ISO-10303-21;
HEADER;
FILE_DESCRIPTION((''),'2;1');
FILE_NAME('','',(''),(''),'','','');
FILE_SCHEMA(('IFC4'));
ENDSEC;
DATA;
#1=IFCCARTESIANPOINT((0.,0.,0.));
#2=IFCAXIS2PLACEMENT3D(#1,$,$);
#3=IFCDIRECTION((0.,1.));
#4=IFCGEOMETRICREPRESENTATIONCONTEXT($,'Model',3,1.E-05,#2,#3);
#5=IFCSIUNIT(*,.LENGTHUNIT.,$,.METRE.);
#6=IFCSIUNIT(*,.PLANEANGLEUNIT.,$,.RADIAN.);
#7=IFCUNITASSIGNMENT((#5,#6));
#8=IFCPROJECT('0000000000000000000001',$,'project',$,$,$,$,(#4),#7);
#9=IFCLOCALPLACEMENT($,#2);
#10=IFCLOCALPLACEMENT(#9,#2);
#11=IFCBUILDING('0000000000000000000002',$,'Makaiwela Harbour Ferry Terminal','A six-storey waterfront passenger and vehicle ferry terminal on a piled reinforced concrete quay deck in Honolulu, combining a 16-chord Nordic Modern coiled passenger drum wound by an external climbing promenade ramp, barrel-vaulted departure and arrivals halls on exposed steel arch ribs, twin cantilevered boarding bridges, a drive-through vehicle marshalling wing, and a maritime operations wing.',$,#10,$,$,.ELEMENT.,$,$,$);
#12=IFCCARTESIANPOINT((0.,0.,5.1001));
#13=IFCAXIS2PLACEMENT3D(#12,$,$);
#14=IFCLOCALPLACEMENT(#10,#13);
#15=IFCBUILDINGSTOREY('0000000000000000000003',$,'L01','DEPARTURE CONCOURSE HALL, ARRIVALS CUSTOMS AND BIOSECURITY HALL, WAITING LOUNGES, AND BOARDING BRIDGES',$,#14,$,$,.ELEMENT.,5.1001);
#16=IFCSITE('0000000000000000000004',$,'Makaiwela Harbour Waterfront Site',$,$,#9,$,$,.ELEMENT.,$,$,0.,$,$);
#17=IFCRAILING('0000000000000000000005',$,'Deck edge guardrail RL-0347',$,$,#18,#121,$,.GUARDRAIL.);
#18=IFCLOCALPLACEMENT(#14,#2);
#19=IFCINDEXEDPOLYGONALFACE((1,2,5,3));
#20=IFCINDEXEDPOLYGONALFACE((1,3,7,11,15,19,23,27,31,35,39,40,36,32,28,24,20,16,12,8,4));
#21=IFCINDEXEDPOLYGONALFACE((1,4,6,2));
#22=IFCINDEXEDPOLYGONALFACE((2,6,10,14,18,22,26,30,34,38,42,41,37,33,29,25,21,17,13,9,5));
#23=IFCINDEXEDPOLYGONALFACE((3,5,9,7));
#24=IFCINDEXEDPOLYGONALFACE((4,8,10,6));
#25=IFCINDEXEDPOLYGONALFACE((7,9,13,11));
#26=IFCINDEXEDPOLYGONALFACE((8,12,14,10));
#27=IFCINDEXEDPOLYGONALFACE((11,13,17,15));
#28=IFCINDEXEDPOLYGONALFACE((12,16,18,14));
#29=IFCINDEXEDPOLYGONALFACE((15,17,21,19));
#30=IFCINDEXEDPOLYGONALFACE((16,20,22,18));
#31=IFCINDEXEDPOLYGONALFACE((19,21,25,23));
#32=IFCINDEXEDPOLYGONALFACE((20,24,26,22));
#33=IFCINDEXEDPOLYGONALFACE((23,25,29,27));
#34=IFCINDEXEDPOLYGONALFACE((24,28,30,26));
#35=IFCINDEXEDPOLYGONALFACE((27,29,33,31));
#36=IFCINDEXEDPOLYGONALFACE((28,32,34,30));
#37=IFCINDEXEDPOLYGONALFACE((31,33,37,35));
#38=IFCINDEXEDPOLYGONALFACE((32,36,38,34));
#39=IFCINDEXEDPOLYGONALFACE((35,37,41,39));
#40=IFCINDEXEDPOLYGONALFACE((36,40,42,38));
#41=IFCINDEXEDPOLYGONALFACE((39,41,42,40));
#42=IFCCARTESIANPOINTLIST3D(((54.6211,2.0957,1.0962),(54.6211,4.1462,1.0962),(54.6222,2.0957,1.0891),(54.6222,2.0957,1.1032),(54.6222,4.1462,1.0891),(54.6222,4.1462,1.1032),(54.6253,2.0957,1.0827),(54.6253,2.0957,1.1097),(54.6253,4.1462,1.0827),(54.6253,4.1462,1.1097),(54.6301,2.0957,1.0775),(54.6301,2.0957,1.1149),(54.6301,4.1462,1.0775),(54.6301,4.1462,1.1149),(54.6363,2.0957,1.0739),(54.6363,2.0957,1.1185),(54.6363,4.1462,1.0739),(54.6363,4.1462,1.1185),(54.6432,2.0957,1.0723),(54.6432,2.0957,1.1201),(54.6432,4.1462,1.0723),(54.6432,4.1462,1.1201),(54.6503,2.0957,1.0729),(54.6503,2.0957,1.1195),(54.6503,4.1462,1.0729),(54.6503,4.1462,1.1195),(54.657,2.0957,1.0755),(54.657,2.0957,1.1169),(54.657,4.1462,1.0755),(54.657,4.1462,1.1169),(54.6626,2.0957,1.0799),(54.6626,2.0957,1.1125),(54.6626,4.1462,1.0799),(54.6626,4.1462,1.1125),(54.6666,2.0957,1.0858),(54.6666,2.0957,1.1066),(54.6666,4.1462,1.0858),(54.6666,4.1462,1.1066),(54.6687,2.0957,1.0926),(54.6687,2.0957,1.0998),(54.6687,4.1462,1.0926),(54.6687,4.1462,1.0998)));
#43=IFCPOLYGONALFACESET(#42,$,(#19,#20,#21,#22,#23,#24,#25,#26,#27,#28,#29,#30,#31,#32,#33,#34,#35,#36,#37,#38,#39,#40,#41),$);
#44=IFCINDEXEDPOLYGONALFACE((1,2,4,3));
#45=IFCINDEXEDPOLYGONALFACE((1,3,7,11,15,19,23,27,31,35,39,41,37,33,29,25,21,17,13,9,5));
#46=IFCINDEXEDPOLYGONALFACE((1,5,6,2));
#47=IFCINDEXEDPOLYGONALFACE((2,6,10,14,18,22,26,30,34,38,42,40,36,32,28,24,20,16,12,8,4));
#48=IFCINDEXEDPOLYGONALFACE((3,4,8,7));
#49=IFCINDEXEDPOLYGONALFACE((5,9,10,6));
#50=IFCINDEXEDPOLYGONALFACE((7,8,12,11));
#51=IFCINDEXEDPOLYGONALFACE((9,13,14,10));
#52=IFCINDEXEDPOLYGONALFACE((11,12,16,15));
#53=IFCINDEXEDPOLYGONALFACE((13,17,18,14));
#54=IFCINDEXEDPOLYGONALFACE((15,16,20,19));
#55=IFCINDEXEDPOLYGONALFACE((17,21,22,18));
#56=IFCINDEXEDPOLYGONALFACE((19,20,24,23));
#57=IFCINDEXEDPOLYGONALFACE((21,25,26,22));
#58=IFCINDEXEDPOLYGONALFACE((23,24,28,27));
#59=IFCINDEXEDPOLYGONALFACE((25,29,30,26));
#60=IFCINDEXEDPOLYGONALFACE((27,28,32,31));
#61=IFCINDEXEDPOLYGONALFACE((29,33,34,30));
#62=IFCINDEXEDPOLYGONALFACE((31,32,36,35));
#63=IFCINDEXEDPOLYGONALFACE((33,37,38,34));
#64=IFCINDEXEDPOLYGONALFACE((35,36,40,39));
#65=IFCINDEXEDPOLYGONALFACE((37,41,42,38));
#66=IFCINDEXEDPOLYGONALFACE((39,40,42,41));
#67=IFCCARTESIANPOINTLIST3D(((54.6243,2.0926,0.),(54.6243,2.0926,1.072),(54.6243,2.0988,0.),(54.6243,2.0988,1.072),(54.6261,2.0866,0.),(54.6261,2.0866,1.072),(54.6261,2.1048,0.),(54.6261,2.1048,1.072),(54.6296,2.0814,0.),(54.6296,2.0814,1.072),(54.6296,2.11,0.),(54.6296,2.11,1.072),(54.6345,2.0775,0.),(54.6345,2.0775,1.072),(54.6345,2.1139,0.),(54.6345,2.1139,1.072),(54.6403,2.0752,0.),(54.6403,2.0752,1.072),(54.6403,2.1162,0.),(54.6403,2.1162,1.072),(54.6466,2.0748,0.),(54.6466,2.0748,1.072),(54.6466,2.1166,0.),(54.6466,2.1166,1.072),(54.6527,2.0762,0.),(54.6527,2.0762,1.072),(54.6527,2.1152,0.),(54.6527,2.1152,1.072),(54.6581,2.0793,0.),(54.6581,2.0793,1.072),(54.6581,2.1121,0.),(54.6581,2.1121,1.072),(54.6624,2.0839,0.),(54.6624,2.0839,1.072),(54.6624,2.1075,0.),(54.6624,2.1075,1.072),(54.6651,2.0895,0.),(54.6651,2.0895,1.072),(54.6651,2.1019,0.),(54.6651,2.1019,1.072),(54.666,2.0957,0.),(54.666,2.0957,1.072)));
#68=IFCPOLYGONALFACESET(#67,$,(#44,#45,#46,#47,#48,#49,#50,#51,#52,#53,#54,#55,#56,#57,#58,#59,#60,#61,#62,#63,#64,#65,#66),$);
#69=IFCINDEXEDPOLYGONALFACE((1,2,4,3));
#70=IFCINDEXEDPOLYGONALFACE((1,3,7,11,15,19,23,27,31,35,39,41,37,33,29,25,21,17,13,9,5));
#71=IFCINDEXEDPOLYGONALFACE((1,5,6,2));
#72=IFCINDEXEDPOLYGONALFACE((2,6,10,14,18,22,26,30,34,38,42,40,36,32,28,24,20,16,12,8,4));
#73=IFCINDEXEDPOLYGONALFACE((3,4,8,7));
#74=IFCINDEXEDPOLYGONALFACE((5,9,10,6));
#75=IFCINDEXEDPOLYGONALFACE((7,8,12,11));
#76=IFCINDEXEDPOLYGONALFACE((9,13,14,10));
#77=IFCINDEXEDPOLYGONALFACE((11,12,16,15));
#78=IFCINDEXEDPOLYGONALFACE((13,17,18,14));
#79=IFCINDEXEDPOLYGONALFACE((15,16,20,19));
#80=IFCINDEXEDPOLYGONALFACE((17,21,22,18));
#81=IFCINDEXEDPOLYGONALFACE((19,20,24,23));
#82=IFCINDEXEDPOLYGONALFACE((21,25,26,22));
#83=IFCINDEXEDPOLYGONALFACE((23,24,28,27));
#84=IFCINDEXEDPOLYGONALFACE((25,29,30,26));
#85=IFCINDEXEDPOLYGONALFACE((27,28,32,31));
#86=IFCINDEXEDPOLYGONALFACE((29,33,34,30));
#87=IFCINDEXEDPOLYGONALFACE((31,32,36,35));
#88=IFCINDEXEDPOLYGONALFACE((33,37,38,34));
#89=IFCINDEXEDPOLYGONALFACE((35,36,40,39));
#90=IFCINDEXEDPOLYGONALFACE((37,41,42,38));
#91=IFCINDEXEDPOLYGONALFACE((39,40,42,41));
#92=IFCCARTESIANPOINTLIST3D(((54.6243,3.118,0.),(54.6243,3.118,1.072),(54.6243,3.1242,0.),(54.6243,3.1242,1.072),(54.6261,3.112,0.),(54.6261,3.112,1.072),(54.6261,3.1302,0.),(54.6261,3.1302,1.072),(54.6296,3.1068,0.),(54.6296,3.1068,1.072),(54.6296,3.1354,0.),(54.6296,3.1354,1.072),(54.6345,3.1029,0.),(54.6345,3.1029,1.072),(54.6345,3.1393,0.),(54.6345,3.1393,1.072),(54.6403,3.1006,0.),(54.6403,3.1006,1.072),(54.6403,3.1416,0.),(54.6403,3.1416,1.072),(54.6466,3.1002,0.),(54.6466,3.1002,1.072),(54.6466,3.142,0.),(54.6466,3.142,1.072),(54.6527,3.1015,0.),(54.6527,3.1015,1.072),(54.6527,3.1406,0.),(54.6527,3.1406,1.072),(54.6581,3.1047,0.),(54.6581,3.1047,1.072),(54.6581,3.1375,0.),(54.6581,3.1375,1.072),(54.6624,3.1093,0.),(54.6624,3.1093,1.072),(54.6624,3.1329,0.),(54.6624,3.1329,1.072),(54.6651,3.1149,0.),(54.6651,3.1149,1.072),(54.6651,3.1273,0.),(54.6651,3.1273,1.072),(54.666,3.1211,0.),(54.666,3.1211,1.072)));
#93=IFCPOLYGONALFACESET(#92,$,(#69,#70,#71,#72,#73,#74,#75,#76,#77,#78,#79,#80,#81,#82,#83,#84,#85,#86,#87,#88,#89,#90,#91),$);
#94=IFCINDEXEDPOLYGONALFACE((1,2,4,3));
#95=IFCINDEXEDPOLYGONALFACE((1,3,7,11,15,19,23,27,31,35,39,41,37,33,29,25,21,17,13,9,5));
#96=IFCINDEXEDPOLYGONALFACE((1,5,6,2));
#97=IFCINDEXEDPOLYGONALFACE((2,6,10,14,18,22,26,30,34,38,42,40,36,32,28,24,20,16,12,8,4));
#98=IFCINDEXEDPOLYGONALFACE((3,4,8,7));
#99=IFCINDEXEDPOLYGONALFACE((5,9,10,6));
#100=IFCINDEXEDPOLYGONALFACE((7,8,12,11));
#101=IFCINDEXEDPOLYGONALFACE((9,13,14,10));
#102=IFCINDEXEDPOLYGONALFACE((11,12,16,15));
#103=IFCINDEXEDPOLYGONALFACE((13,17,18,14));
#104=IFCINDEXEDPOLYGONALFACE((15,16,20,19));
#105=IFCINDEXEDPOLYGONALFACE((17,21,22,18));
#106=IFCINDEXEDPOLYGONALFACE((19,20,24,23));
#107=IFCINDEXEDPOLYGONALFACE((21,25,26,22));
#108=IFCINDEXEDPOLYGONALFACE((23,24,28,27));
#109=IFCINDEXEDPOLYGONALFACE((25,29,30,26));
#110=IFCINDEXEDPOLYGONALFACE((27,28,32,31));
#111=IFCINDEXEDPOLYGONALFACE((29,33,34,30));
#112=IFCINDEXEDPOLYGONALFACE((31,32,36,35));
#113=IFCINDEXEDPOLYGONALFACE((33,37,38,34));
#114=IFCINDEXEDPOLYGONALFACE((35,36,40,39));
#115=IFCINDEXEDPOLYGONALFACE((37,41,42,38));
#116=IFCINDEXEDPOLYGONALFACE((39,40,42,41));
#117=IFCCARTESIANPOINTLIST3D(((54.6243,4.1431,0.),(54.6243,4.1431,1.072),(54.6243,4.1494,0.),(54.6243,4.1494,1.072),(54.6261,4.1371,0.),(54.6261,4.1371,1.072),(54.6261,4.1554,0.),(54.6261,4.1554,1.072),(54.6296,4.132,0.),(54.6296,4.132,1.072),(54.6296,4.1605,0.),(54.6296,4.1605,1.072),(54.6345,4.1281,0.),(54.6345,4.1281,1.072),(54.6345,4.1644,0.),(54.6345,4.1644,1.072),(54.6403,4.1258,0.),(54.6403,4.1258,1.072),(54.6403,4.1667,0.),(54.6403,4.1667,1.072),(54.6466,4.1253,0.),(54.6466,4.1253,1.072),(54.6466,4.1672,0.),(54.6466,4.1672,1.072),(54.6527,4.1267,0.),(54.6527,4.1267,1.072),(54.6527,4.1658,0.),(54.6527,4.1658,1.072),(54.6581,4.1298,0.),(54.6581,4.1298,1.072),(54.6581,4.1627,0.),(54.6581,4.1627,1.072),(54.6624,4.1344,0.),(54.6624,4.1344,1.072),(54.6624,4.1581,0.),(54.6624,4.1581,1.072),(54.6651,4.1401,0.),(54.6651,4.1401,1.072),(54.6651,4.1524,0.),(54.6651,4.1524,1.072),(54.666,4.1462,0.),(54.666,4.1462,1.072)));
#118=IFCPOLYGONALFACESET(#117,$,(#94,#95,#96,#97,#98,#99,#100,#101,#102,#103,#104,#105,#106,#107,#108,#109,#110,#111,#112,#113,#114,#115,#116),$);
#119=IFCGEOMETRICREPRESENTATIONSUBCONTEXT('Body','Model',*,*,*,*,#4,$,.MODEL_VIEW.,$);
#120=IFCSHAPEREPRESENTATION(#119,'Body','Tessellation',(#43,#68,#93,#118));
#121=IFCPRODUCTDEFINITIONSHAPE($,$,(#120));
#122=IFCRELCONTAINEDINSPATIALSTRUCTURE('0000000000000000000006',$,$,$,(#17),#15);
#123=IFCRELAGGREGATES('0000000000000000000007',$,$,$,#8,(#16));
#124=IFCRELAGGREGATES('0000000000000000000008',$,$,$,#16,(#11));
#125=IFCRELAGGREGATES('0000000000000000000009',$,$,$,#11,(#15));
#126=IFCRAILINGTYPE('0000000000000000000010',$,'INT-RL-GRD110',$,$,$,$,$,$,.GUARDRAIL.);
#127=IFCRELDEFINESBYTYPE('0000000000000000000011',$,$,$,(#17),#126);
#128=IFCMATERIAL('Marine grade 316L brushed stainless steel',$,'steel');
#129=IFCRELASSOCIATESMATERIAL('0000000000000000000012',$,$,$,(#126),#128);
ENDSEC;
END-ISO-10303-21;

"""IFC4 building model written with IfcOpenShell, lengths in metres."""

from ifc_helpers import new_model, si_unit, direction, frame, origin, origin_2d, place, context, subcontext, project, spatial, circle, extrude, material, type_object, element, save


model = new_model("IFC4")

# Units and contexts
model_context = context("Model", 3, precision=1e-05, world=origin(), true_north=direction((0.0, 1.0)))
body_context = subcontext(model_context, "Body", "Model", "MODEL_VIEW")
ifc_project = project(units=[si_unit("LENGTHUNIT", "METRE"), si_unit("PLANEANGLEUNIT", "RADIAN")], contexts=[model_context])

# Site, building, storey
site_placement = place(None, origin())
site = spatial("IfcSite", under=ifc_project, at=site_placement, Name="Makaiwela Harbour Waterfront Site", CompositionType="ELEMENT", RefElevation=0.0)
building_placement = place(site_placement, origin())
building = spatial("IfcBuilding", under=site, at=building_placement, Name="Makaiwela Harbour Ferry Terminal", Description="A six-storey waterfront passenger and vehicle ferry terminal on a piled reinforced concrete quay deck in Honolulu, combining a 16-chord Nordic Modern coiled passenger drum wound by an external climbing promenade ramp, barrel-vaulted departure and arrivals halls on exposed steel arch ribs, twin cantilevered boarding bridges, a drive-through vehicle marshalling wing, and a maritime operations wing.", CompositionType="ELEMENT")
storey_placement = place(building_placement, frame((0.0, 0.0, 5.1001)))
storey = spatial("IfcBuildingStorey", under=building, at=storey_placement, Name="L01", Description="DEPARTURE CONCOURSE HALL, ARRIVALS CUSTOMS AND BIOSECURITY HALL, WAITING LOUNGES, AND BOARDING BRIDGES", CompositionType="ELEMENT", Elevation=5.1001)

# Railing
ifc_material_1 = material(Name="Marine grade 316L brushed stainless steel", Category="steel")
railing_type = type_object("IfcRailingType", Name="INT-RL-GRD110", PredefinedType="GUARDRAIL", material=ifc_material_1)
railing_1_placement = place(storey_placement, frame((54.645, 2.0957, 0.0)))
element("IfcRailing", 1, at=railing_1_placement, inside=storey, type_object=railing_type, Name="Deck edge guardrail RL-0347", PredefinedType="GUARDRAIL", context=body_context, shape_type="SweptSolid", body=[
    extrude(circle(Radius=0.0239, at=origin_2d()), frame((0.0, 0.0, 1.0962), z_axis=(0.0, 1.0, 0.0), x_axis=(-1.0, 0.0, 0.0)), (0.0, 0.0, 1.0), 2.0505),
    extrude(circle(Radius=0.021, at=origin_2d()), origin(), (0.0, 0.0, 1.0), 1.072),
    extrude(circle(Radius=0.021, at=origin_2d()), frame((0.0, 1.0254, 0.0)), (0.0, 0.0, 1.0), 1.072),
    extrude(circle(Radius=0.021, at=origin_2d()), frame((0.0, 2.0505, 0.0)), (0.0, 0.0, 1.0), 1.072),
])

save(model, "model.ifc")
